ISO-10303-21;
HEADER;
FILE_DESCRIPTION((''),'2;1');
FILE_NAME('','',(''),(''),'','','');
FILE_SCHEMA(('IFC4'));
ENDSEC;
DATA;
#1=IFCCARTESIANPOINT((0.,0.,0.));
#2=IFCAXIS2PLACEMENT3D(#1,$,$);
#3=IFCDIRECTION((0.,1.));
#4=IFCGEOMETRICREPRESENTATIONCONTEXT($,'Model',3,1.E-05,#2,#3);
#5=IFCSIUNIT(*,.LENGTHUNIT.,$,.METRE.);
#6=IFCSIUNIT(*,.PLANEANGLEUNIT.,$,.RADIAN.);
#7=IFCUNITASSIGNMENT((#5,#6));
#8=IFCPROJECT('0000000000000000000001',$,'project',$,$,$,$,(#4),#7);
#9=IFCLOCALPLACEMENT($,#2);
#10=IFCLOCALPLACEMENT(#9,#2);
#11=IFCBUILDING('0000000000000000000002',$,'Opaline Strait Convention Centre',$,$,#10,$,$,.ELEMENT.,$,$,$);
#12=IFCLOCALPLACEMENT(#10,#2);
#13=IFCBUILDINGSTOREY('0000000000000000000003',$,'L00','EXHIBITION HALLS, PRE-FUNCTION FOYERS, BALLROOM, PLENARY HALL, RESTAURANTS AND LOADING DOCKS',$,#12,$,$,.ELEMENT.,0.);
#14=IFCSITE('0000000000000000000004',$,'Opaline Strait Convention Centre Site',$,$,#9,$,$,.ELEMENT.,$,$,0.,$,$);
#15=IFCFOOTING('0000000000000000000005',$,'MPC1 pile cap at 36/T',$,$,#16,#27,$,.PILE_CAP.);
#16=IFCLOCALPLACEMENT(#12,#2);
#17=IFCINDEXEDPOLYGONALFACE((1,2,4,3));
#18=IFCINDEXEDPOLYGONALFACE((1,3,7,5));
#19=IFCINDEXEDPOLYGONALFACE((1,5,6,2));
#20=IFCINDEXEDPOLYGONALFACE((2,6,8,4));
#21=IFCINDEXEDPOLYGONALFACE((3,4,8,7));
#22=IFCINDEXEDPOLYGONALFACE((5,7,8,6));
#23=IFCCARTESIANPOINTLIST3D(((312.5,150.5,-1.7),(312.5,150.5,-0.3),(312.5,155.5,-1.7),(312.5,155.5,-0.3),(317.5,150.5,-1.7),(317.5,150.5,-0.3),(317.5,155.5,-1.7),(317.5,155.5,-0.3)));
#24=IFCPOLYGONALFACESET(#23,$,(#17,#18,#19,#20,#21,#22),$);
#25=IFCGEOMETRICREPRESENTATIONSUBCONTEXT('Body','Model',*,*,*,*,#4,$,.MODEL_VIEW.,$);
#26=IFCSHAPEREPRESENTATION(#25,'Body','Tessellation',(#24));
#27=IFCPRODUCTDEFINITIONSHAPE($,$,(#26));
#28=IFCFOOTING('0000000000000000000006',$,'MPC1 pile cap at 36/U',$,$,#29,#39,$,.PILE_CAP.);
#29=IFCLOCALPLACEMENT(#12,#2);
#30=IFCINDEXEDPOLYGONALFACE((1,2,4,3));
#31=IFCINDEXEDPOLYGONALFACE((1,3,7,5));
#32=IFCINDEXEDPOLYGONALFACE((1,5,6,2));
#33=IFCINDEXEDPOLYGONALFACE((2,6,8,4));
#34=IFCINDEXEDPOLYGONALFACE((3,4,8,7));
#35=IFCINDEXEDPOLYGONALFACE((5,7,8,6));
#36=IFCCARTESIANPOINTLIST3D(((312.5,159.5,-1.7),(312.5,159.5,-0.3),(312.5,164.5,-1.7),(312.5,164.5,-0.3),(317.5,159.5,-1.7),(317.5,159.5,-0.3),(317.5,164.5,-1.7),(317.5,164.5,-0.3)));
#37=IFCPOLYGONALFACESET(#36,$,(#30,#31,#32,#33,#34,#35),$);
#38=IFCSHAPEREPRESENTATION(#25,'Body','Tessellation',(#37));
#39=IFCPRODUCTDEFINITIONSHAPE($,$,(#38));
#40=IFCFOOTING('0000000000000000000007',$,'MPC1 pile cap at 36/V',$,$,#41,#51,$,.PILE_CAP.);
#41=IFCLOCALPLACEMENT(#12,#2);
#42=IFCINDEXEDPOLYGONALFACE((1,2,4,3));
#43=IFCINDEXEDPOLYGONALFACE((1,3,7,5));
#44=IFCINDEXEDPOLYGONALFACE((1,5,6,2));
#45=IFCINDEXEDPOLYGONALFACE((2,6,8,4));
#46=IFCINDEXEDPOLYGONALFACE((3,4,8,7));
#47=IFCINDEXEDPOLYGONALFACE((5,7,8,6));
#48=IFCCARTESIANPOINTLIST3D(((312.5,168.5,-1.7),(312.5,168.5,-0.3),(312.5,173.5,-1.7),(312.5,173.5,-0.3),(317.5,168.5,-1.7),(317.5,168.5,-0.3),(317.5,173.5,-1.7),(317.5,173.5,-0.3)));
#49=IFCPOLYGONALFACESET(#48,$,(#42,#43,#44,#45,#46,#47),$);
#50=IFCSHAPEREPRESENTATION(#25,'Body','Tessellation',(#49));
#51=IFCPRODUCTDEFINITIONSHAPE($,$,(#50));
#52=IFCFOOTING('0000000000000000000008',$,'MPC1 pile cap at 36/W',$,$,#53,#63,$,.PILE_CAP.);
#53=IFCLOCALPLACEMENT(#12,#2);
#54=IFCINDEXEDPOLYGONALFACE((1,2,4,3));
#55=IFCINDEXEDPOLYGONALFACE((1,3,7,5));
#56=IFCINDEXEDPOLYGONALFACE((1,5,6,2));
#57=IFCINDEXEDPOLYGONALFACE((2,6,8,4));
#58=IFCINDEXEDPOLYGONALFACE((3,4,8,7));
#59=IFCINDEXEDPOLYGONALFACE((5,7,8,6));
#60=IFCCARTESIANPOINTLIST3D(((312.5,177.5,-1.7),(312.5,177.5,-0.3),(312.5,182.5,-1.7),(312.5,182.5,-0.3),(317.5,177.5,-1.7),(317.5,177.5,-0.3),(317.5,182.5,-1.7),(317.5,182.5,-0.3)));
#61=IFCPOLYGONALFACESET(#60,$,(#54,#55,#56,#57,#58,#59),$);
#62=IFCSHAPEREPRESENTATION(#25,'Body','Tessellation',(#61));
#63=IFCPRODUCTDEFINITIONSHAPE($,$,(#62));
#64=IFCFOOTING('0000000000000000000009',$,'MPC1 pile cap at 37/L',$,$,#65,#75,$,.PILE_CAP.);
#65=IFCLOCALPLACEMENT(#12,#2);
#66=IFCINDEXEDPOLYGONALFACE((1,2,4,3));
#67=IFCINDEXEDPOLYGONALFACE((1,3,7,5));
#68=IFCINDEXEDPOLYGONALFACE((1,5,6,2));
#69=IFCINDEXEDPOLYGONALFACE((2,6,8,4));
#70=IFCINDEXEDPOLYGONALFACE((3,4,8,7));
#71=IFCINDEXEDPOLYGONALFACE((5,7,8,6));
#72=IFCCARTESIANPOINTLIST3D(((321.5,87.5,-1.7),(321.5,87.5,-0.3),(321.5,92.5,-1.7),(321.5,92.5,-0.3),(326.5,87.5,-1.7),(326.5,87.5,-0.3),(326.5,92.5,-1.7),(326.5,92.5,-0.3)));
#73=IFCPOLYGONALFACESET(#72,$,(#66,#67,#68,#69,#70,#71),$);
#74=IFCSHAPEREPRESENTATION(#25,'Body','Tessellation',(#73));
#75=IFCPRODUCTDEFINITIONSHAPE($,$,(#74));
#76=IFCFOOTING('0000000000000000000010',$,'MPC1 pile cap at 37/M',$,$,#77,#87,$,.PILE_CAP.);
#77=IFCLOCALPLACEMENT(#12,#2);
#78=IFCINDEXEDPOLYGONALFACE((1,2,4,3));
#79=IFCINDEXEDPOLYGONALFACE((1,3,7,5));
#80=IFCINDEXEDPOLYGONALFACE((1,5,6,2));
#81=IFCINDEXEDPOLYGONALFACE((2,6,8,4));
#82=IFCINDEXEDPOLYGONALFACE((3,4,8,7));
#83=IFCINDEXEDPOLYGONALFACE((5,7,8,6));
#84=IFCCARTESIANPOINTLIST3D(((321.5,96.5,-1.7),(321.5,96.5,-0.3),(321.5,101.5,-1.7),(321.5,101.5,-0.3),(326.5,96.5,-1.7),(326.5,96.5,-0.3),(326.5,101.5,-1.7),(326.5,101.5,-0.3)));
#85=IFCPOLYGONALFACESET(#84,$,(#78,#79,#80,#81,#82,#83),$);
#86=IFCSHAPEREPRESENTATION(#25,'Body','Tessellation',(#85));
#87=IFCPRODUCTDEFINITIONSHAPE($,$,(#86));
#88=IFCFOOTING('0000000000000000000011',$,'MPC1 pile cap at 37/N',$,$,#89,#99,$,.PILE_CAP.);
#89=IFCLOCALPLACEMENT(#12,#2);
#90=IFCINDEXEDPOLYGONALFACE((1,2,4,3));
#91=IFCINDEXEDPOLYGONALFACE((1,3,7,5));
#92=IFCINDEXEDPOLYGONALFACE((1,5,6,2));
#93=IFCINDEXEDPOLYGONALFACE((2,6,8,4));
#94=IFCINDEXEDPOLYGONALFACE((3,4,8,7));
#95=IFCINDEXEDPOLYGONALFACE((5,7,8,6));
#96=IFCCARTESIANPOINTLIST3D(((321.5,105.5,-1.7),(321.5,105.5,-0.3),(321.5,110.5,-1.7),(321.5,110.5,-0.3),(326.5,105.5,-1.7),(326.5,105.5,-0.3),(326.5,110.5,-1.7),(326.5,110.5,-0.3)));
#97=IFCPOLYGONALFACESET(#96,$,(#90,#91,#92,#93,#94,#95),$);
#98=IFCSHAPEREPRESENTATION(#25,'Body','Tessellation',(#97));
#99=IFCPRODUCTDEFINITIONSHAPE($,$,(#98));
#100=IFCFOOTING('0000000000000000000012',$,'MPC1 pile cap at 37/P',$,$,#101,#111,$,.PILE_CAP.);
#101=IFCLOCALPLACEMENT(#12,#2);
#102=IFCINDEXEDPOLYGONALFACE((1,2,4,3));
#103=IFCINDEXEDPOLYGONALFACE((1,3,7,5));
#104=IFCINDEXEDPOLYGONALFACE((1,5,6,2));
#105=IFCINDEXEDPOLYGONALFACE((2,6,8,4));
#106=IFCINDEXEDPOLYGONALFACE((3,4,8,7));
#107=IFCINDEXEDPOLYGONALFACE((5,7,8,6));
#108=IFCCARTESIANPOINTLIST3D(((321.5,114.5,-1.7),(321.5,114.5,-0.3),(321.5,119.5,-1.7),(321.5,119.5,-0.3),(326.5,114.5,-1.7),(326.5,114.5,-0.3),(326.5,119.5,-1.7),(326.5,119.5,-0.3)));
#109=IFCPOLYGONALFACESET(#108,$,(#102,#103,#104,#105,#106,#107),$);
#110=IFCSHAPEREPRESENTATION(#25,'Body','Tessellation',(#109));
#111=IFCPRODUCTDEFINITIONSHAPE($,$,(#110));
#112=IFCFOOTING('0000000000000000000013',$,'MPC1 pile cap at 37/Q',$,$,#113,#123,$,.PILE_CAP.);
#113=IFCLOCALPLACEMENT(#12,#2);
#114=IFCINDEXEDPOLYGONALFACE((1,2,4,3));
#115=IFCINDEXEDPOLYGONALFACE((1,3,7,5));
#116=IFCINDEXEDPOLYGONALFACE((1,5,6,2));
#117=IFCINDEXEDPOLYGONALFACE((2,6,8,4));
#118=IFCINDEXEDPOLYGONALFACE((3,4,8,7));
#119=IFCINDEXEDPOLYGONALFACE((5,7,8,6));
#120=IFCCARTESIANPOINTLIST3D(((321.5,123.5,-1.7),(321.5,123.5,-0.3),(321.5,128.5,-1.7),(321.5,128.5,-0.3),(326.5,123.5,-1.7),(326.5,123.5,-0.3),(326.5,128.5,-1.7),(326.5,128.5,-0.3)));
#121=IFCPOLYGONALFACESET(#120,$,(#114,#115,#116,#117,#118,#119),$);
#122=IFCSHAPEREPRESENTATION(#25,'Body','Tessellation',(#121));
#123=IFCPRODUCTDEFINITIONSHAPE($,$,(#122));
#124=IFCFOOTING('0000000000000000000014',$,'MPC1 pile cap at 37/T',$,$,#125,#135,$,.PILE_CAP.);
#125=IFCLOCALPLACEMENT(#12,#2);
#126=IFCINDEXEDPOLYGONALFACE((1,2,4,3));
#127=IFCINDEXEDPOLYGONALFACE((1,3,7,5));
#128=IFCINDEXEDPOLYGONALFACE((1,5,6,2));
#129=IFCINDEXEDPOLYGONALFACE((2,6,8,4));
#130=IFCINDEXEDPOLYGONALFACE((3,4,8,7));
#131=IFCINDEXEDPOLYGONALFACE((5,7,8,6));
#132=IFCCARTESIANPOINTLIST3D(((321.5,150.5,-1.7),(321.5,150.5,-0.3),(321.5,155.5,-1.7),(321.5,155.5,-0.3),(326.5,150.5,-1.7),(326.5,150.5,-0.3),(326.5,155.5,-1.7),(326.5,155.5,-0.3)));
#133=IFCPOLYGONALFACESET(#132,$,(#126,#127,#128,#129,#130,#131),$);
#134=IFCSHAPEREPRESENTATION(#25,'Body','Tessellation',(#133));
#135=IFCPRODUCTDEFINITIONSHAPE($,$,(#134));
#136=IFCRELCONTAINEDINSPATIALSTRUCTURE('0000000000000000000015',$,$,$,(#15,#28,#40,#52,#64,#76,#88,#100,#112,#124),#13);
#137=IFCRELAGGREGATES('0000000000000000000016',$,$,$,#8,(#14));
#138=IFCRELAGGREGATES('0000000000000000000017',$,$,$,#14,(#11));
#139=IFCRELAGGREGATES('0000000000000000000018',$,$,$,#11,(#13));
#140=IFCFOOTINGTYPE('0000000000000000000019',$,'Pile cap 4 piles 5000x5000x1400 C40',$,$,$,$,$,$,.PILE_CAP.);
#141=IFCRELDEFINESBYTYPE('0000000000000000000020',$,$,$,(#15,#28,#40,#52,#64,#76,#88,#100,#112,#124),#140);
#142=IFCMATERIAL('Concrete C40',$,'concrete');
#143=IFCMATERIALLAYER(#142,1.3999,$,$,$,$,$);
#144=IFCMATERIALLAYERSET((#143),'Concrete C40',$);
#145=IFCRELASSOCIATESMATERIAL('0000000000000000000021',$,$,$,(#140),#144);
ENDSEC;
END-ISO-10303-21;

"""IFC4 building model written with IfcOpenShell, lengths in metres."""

from ifc_helpers import new_model, si_unit, direction, frame, origin, place, context, subcontext, project, spatial, polyline, outline, extrude, material, layer, layer_set, type_object, element, save


model = new_model("IFC4")

# Units and contexts
model_context = context("Model", 3, precision=1e-05, world=origin(), true_north=direction((0.0, 1.0)))
body_context = subcontext(model_context, "Body", "Model", "MODEL_VIEW")
ifc_project = project(units=[si_unit("LENGTHUNIT", "METRE"), si_unit("PLANEANGLEUNIT", "RADIAN")], contexts=[model_context])

# Site, building, storey
site_placement = place(None, origin())
site = spatial("IfcSite", under=ifc_project, at=site_placement, Name="Opaline Strait Convention Centre Site", CompositionType="ELEMENT", RefElevation=0.0)
building_placement = place(site_placement, origin())
building = spatial("IfcBuilding", under=site, at=building_placement, Name="Opaline Strait Convention Centre", CompositionType="ELEMENT")
storey_placement = place(building_placement, origin())
storey = spatial("IfcBuildingStorey", under=building, at=storey_placement, Name="L00", Description="EXHIBITION HALLS, PRE-FUNCTION FOYERS, BALLROOM, PLENARY HALL, RESTAURANTS AND LOADING DOCKS", CompositionType="ELEMENT", Elevation=0.0)

# Footings
ifc_material = material(Name="Concrete C40", Category="concrete")
ifc_layer = layer(ifc_material, 1.3999)
ifc_layer_set = layer_set([ifc_layer], Name="Concrete C40")
footing_type = type_object("IfcFootingType", Name="Pile cap 4 piles 5000x5000x1400 C40", PredefinedType="PILE_CAP", material=ifc_layer_set)
footing_1_placement = place(storey_placement, frame((0.0, 0.0, -1.7)))
element("IfcFooting", 1, at=footing_1_placement, inside=storey, type_object=footing_type, Name="MPC1 pile cap at 36/T", PredefinedType="PILE_CAP", context=body_context, shape_type="SweptSolid", body=[
    extrude(outline(polyline([(312.5, 150.5), (317.5, 150.5), (317.5, 155.5), (312.5, 155.5), (312.5, 150.5)])), origin(), (0.0, 0.0, 1.0), 1.3999),
])
footing_2_placement = place(storey_placement, frame((0.0, 0.0, -1.7)))
element("IfcFooting", 2, at=footing_2_placement, inside=storey, type_object=footing_type, Name="MPC1 pile cap at 36/U", PredefinedType="PILE_CAP", context=body_context, shape_type="SweptSolid", body=[
    extrude(outline(polyline([(312.5, 159.5), (317.5, 159.5), (317.5, 164.5), (312.5, 164.5), (312.5, 159.5)])), origin(), (0.0, 0.0, 1.0), 1.3999),
])
footing_3_placement = place(storey_placement, frame((0.0, 0.0, -1.7)))
element("IfcFooting", 3, at=footing_3_placement, inside=storey, type_object=footing_type, Name="MPC1 pile cap at 36/V", PredefinedType="PILE_CAP", context=body_context, shape_type="SweptSolid", body=[
    extrude(outline(polyline([(312.5, 168.5), (317.5, 168.5), (317.5, 173.5), (312.5, 173.5), (312.5, 168.5)])), origin(), (0.0, 0.0, 1.0), 1.3999),
])
footing_4_placement = place(storey_placement, frame((0.0, 0.0, -1.7)))
element("IfcFooting", 4, at=footing_4_placement, inside=storey, type_object=footing_type, Name="MPC1 pile cap at 36/W", PredefinedType="PILE_CAP", context=body_context, shape_type="SweptSolid", body=[
    extrude(outline(polyline([(312.5, 177.5), (317.5, 177.5), (317.5, 182.5), (312.5, 182.5), (312.5, 177.5)])), origin(), (0.0, 0.0, 1.0), 1.3999),
])
footing_5_placement = place(storey_placement, frame((0.0, 0.0, -1.7)))
element("IfcFooting", 5, at=footing_5_placement, inside=storey, type_object=footing_type, Name="MPC1 pile cap at 37/L", PredefinedType="PILE_CAP", context=body_context, shape_type="SweptSolid", body=[
    extrude(outline(polyline([(321.5, 87.5), (326.5, 87.5), (326.5, 92.5), (321.5, 92.5), (321.5, 87.5)])), origin(), (0.0, 0.0, 1.0), 1.3999),
])
footing_6_placement = place(storey_placement, frame((0.0, 0.0, -1.7)))
element("IfcFooting", 6, at=footing_6_placement, inside=storey, type_object=footing_type, Name="MPC1 pile cap at 37/M", PredefinedType="PILE_CAP", context=body_context, shape_type="SweptSolid", body=[
    extrude(outline(polyline([(321.5, 96.5), (326.5, 96.5), (326.5, 101.5), (321.5, 101.5), (321.5, 96.5)])), origin(), (0.0, 0.0, 1.0), 1.3999),
])
footing_7_placement = place(storey_placement, frame((0.0, 0.0, -1.7)))
element("IfcFooting", 7, at=footing_7_placement, inside=storey, type_object=footing_type, Name="MPC1 pile cap at 37/N", PredefinedType="PILE_CAP", context=body_context, shape_type="SweptSolid", body=[
    extrude(outline(polyline([(321.5, 105.5), (326.5, 105.5), (326.5, 110.5), (321.5, 110.5), (321.5, 105.5)])), origin(), (0.0, 0.0, 1.0), 1.3999),
])
footing_8_placement = place(storey_placement, frame((0.0, 0.0, -1.7)))
element("IfcFooting", 8, at=footing_8_placement, inside=storey, type_object=footing_type, Name="MPC1 pile cap at 37/P", PredefinedType="PILE_CAP", context=body_context, shape_type="SweptSolid", body=[
    extrude(outline(polyline([(321.5, 114.5), (326.5, 114.5), (326.5, 119.5), (321.5, 119.5), (321.5, 114.5)])), origin(), (0.0, 0.0, 1.0), 1.3999),
])
footing_9_placement = place(storey_placement, frame((0.0, 0.0, -1.7)))
element("IfcFooting", 9, at=footing_9_placement, inside=storey, type_object=footing_type, Name="MPC1 pile cap at 37/Q", PredefinedType="PILE_CAP", context=body_context, shape_type="SweptSolid", body=[
    extrude(outline(polyline([(321.5, 123.5), (326.5, 123.5), (326.5, 128.5), (321.5, 128.5), (321.5, 123.5)])), origin(), (0.0, 0.0, 1.0), 1.3999),
])
footing_10_placement = place(storey_placement, frame((0.0, 0.0, -1.7)))
element("IfcFooting", 10, at=footing_10_placement, inside=storey, type_object=footing_type, Name="MPC1 pile cap at 37/T", PredefinedType="PILE_CAP", context=body_context, shape_type="SweptSolid", body=[
    extrude(outline(polyline([(321.5, 150.5), (326.5, 150.5), (326.5, 155.5), (321.5, 155.5), (321.5, 150.5)])), origin(), (0.0, 0.0, 1.0), 1.3999),
])

save(model, "model.ifc")
